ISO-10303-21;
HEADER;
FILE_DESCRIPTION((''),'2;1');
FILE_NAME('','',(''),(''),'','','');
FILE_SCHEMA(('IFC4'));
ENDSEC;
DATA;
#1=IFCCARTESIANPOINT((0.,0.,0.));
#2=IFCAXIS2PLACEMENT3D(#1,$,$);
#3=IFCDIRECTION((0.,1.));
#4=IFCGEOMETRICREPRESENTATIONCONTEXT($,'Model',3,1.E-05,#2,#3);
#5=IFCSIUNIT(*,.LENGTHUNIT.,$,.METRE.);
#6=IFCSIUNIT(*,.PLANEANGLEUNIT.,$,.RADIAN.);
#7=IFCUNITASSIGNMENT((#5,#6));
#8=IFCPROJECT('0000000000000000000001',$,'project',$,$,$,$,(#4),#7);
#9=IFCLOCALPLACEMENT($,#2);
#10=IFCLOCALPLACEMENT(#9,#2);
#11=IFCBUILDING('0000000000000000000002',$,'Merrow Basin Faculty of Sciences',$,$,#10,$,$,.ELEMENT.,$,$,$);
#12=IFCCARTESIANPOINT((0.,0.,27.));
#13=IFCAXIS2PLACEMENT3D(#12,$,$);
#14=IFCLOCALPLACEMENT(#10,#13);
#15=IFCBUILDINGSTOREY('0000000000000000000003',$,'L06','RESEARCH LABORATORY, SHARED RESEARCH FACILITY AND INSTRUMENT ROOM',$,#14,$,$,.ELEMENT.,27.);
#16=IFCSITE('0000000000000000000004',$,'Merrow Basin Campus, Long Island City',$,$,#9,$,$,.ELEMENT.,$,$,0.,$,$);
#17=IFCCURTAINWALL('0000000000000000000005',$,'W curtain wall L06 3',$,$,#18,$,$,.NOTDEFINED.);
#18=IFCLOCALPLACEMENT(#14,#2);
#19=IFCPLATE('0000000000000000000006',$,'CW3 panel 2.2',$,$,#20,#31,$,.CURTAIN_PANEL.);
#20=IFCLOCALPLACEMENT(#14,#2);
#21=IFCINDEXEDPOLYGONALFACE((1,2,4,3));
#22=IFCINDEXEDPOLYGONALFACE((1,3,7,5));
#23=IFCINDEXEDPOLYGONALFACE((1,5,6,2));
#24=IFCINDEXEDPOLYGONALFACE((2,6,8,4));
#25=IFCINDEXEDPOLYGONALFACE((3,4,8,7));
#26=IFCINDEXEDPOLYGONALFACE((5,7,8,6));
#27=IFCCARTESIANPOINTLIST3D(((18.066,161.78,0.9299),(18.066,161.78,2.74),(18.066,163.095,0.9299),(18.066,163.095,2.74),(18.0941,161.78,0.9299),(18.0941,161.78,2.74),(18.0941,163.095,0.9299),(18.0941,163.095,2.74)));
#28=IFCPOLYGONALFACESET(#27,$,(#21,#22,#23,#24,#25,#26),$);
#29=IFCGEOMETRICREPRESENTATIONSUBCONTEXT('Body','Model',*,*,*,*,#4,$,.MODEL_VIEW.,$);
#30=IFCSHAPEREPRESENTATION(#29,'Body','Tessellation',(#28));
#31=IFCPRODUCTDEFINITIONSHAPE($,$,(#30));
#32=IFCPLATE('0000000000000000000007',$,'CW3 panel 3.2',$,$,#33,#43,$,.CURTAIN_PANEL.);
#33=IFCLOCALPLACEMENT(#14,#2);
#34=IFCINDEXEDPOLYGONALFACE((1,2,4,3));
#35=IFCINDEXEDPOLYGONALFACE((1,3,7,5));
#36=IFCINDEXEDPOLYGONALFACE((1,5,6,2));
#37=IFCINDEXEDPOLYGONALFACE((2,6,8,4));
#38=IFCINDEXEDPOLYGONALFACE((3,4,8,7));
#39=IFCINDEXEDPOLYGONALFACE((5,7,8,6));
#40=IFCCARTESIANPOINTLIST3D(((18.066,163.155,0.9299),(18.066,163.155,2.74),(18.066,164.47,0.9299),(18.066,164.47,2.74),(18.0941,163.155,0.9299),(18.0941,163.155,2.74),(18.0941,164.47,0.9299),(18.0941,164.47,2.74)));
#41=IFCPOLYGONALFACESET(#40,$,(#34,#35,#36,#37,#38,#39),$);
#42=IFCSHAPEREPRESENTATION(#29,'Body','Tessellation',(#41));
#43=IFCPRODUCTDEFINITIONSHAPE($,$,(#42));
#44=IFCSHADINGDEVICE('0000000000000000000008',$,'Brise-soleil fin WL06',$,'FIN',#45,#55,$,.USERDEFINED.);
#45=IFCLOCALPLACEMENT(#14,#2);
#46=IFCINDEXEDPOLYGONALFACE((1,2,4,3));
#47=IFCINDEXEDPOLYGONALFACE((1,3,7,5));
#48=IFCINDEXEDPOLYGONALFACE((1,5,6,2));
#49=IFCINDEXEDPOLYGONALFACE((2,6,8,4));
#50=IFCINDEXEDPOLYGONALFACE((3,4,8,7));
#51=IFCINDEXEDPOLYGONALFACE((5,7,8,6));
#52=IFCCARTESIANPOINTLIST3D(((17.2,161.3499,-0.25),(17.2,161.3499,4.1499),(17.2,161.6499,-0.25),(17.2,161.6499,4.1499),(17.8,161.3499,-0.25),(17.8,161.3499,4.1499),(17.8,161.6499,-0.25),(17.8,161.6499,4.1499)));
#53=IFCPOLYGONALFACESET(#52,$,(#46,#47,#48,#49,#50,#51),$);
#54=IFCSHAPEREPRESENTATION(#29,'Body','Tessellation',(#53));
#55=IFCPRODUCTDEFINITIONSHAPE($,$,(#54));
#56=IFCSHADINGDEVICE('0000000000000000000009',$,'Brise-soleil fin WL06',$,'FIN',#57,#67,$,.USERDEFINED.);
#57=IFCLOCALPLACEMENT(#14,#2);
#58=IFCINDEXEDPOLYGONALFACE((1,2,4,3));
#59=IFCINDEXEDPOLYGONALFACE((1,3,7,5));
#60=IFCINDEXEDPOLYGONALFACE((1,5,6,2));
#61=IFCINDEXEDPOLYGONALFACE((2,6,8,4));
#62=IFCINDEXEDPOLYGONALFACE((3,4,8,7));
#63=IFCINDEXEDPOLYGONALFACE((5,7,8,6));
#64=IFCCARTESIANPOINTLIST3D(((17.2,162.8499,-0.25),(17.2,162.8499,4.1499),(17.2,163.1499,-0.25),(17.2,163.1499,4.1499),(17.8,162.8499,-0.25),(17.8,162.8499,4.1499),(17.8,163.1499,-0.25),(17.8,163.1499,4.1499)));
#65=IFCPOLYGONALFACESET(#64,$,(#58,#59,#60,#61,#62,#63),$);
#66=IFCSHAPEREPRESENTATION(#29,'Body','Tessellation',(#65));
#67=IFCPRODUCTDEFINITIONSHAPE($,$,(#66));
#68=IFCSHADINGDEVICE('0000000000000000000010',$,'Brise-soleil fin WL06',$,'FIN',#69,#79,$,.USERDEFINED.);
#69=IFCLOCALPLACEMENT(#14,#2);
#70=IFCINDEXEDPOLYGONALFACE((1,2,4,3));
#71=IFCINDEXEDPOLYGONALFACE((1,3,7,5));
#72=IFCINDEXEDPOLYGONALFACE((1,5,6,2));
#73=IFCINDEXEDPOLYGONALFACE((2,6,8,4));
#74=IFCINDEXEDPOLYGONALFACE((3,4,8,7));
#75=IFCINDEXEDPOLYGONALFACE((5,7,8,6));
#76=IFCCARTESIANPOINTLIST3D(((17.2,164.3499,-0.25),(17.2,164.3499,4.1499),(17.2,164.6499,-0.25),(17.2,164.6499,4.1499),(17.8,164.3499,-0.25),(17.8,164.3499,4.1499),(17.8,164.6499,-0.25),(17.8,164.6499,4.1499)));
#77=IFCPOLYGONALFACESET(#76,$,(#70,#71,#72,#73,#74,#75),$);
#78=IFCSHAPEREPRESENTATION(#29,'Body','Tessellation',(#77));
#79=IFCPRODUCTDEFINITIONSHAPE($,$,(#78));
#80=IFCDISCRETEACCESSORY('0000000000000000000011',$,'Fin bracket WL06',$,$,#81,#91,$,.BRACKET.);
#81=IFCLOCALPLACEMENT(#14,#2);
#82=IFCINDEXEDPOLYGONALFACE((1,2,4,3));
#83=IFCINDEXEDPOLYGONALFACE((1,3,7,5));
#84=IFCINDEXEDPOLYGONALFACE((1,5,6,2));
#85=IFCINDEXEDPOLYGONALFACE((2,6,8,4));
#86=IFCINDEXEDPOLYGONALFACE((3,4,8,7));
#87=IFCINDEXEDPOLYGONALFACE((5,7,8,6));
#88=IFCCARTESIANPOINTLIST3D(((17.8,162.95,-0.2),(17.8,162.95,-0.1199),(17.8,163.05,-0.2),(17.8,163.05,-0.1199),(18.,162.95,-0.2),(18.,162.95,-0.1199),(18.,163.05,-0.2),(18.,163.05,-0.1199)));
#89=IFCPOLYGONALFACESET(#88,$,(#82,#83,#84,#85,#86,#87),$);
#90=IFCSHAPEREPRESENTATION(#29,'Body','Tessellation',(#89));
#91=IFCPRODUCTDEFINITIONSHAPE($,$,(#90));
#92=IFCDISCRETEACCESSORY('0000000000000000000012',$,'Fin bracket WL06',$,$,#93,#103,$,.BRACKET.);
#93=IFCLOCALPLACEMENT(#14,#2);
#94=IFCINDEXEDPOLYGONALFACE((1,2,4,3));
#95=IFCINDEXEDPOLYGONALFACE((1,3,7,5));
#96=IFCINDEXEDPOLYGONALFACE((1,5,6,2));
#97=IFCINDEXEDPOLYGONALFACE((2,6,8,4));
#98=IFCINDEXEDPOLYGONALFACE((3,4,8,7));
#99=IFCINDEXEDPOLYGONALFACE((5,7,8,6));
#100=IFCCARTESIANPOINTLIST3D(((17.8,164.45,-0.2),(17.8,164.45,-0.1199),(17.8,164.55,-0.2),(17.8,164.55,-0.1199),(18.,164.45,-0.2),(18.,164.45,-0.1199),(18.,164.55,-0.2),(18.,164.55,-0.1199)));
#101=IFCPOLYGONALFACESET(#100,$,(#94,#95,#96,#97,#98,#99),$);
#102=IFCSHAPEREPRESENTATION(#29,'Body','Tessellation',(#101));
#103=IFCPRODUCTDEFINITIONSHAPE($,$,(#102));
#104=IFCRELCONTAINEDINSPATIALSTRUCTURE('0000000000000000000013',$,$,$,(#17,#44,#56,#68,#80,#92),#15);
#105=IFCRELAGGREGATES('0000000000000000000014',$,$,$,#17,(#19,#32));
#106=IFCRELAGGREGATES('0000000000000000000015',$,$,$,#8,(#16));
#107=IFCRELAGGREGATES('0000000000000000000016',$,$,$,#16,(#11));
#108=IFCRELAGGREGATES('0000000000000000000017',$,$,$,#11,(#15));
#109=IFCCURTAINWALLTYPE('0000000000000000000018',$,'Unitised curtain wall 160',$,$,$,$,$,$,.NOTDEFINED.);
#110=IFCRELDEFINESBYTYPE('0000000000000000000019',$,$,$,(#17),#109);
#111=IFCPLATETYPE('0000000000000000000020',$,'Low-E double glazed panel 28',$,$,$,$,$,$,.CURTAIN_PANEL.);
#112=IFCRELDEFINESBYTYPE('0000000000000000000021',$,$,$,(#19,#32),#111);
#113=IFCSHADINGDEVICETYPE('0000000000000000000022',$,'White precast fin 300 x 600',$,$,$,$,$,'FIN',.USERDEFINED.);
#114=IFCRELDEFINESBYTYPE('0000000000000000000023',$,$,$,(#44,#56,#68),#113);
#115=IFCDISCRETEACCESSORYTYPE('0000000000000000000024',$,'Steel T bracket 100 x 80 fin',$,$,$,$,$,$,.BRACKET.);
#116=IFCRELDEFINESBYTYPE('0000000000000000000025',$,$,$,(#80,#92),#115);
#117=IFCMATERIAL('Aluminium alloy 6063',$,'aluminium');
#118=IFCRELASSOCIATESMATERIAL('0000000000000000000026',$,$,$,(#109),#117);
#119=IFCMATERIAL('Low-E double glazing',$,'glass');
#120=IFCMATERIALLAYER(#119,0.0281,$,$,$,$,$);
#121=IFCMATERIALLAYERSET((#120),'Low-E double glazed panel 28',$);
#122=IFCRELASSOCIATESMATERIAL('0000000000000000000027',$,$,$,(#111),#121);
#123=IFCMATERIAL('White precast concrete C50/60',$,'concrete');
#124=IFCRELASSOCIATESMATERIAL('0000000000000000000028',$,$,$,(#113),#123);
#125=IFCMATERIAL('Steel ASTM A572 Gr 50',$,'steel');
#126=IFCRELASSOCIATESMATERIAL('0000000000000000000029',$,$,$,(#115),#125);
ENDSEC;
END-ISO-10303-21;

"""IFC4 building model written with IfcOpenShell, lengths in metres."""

from ifc_helpers import new_model, si_unit, direction, frame, origin, origin_2d, place, context, subcontext, project, spatial, polyline, rectangle, outline, extrude, source, transform, mapped, material, layer, layer_set, type_object, element, aggregate, save


model = new_model("IFC4")

# Units and contexts
model_context = context("Model", 3, precision=1e-05, world=origin(), true_north=direction((0.0, 1.0)))
body_context = subcontext(model_context, "Body", "Model", "MODEL_VIEW")
ifc_project = project(units=[si_unit("LENGTHUNIT", "METRE"), si_unit("PLANEANGLEUNIT", "RADIAN")], contexts=[model_context])

# Site, building, storey
site_placement = place(None, origin())
site = spatial("IfcSite", under=ifc_project, at=site_placement, Name="Merrow Basin Campus, Long Island City", CompositionType="ELEMENT", RefElevation=0.0)
building_placement = place(site_placement, origin())
building = spatial("IfcBuilding", under=site, at=building_placement, Name="Merrow Basin Faculty of Sciences", CompositionType="ELEMENT")
storey_placement = place(building_placement, frame((0.0, 0.0, 27.0)))
storey = spatial("IfcBuildingStorey", under=building, at=storey_placement, Name="L06", Description="RESEARCH LABORATORY, SHARED RESEARCH FACILITY AND INSTRUMENT ROOM", CompositionType="ELEMENT", Elevation=27.0)

# Curtain wall, plates
ifc_material_1 = material(Name="Aluminium alloy 6063", Category="aluminium")
curtain_wall_type = type_object("IfcCurtainWallType", Name="Unitised curtain wall 160", PredefinedType="NOTDEFINED", material=ifc_material_1)
curtain_wall_placement = place(storey_placement, origin())
curtain_wall = element("IfcCurtainWall", 1, at=curtain_wall_placement, inside=storey, type_object=curtain_wall_type, Name="W curtain wall L06 3", PredefinedType="NOTDEFINED")
ifc_material_2 = material(Name="Low-E double glazing", Category="glass")
ifc_layer_1 = layer(ifc_material_2, 0.0281)
ifc_layer_set_1 = layer_set([ifc_layer_1], Name="Low-E double glazed panel 28")
plate_type_1 = type_object("IfcPlateType", Name="Low-E double glazed panel 28", PredefinedType="CURTAIN_PANEL", material=ifc_layer_set_1)
plate_1_placement = place(storey_placement, frame((18.0801, 162.4375, 0.9299), z_axis=(0.0, 0.0, 1.0), x_axis=(0.0, 1.0, 0.0)))
plate_1 = element("IfcPlate", 2, at=plate_1_placement, type_object=plate_type_1, Name="CW3 panel 2.2", PredefinedType="CURTAIN_PANEL", context=body_context, shape_type="SweptSolid", body=[
    extrude(rectangle(XDim=1.3149, YDim=0.0281, at=origin_2d()), origin(), (0.0, 0.0, 1.0), 1.8101),
])
plate_2_placement = place(storey_placement, frame((18.0801, 163.8125, 0.9299), z_axis=(0.0, 0.0, 1.0), x_axis=(0.0, 1.0, 0.0)))
plate_2 = element("IfcPlate", 3, at=plate_2_placement, type_object=plate_type_1, Name="CW3 panel 3.2", PredefinedType="CURTAIN_PANEL", context=body_context, shape_type="SweptSolid", body=[
    extrude(rectangle(XDim=1.3149, YDim=0.0281, at=origin_2d()), origin(), (0.0, 0.0, 1.0), 1.8101),
])
aggregate(curtain_wall, [plate_1, plate_2])

# Shading devices
ifc_material_3 = material(Name="White precast concrete C50/60", Category="concrete")
shading_device_type = type_object("IfcShadingDeviceType", Name="White precast fin 300 x 600", ElementType="FIN", PredefinedType="USERDEFINED", material=ifc_material_3)
shared_shape_1 = source(origin(), body_context, "Body", "SweptSolid", [
    extrude(outline(polyline([(0.0, 0.0), (0.3, 0.0), (0.3, 4.3999), (0.0, 4.3999), (0.0, 0.0)])), origin(), (0.0, 0.0, 1.0), 0.6001),
])
for number, where, z_axis, x_axis, name in (
    (4, (17.8, 161.6499, -0.25), (-1.0, 0.0, 0.0), (0.0, -1.0, 0.0), "Brise-soleil fin WL06"),
    (5, (17.8, 163.1499, -0.25), (-1.0, 0.0, 0.0), (0.0, -1.0, 0.0), "Brise-soleil fin WL06"),
    (6, (17.8, 164.6499, -0.25), (-1.0, 0.0, 0.0), (0.0, -1.0, 0.0), "Brise-soleil fin WL06"),
):
    element("IfcShadingDevice", number, at=place(storey_placement, frame(where, z_axis=z_axis, x_axis=x_axis)), inside=storey, type_object=shading_device_type, Name=name, ObjectType="FIN", PredefinedType="USERDEFINED", context=body_context, shape_type="MappedRepresentation", body=[
        mapped(shared_shape_1, transform((0.0, 0.0, 0.0), scale=1.0)),
    ])

# Discrete accessories
ifc_material_4 = material(Name="Steel ASTM A572 Gr 50", Category="steel")
discrete_accessory_type = type_object("IfcDiscreteAccessoryType", Name="Steel T bracket 100 x 80 fin", PredefinedType="BRACKET", material=ifc_material_4)
shared_shape_2 = source(origin(), body_context, "Body", "SweptSolid", [
    extrude(outline(polyline([(0.0, 0.0), (0.1001, 0.0), (0.1001, 0.0801), (0.0, 0.0801), (0.0, 0.0)])), origin(), (0.0, 0.0, 1.0), 0.2),
])
for number, where, z_axis, x_axis, name in (
    (7, (18.0, 163.05, -0.2), (-1.0, 0.0, 0.0), (0.0, -1.0, 0.0), "Fin bracket WL06"),
    (8, (18.0, 164.55, -0.2), (-1.0, 0.0, 0.0), (0.0, -1.0, 0.0), "Fin bracket WL06"),
):
    element("IfcDiscreteAccessory", number, at=place(storey_placement, frame(where, z_axis=z_axis, x_axis=x_axis)), inside=storey, type_object=discrete_accessory_type, Name=name, PredefinedType="BRACKET", context=body_context, shape_type="MappedRepresentation", body=[
        mapped(shared_shape_2, transform((0.0, 0.0, 0.0), scale=1.0)),
    ])

save(model, "model.ifc")
